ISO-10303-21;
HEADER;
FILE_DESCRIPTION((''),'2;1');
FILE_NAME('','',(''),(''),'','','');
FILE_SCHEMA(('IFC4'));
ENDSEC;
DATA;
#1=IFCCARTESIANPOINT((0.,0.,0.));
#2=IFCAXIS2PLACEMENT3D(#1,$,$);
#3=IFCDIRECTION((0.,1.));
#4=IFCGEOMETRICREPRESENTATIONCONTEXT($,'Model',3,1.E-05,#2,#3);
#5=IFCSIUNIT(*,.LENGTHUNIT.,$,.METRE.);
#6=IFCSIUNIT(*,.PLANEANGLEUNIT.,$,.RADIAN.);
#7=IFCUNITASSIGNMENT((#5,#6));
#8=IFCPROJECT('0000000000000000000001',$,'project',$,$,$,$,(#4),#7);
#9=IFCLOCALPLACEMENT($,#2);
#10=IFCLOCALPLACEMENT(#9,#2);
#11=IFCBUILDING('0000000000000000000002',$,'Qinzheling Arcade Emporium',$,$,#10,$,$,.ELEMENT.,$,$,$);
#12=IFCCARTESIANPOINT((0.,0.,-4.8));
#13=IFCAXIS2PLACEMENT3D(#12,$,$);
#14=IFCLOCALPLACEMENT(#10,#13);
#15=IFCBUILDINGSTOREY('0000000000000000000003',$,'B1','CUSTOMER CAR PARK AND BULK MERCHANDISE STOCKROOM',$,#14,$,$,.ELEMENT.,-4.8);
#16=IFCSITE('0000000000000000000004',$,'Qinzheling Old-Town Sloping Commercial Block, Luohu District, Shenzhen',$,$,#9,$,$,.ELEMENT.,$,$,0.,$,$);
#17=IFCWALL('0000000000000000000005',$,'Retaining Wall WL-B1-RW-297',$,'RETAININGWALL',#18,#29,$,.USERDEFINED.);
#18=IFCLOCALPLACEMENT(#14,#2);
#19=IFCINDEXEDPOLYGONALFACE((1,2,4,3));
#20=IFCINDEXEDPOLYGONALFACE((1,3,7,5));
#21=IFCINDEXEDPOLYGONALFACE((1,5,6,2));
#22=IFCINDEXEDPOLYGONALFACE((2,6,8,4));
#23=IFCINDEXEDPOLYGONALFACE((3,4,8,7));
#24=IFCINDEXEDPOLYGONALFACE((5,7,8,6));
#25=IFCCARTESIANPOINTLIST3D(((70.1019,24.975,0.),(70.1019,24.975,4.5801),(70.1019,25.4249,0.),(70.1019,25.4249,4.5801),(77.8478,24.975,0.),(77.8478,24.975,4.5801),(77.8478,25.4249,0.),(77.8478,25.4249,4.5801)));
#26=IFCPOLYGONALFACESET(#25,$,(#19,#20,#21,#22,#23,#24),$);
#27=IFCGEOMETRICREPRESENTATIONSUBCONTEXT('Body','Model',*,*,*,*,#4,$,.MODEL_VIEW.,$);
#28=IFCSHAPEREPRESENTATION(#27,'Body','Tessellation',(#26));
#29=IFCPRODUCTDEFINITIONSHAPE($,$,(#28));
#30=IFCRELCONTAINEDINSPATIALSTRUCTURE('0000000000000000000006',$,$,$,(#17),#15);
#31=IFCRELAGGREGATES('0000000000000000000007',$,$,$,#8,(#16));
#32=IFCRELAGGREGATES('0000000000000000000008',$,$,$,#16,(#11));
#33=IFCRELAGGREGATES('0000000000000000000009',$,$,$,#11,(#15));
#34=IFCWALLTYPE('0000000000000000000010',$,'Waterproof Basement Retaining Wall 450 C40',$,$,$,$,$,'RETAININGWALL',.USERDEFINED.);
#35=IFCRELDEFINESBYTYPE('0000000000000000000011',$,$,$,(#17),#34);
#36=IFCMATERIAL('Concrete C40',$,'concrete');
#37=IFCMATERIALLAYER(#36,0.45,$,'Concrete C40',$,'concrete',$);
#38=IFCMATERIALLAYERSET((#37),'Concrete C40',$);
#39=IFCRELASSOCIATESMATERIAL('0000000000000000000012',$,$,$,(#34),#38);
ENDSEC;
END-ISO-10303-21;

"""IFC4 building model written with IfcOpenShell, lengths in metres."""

from ifc_helpers import new_model, si_unit, direction, frame, frame_2d, origin, place, context, subcontext, project, spatial, rectangle, extrude, material, layer, layer_set, type_object, element, save


model = new_model("IFC4")

# Units and contexts
model_context = context("Model", 3, precision=1e-05, world=origin(), true_north=direction((0.0, 1.0)))
body_context = subcontext(model_context, "Body", "Model", "MODEL_VIEW")
ifc_project = project(units=[si_unit("LENGTHUNIT", "METRE"), si_unit("PLANEANGLEUNIT", "RADIAN")], contexts=[model_context])

# Site, building, storey
site_placement = place(None, origin())
site = spatial("IfcSite", under=ifc_project, at=site_placement, Name="Qinzheling Old-Town Sloping Commercial Block, Luohu District, Shenzhen", CompositionType="ELEMENT", RefElevation=0.0)
building_placement = place(site_placement, origin())
building = spatial("IfcBuilding", under=site, at=building_placement, Name="Qinzheling Arcade Emporium", CompositionType="ELEMENT")
storey_placement = place(building_placement, frame((0.0, 0.0, -4.8)))
storey = spatial("IfcBuildingStorey", under=building, at=storey_placement, Name="B1", Description="CUSTOMER CAR PARK AND BULK MERCHANDISE STOCKROOM", CompositionType="ELEMENT", Elevation=-4.8)

# Shared definitions
ifc_material_1 = material(Name="Concrete C40", Category="concrete")

# Wall
ifc_layer_1 = layer(ifc_material_1, 0.45, Name="Concrete C40", Category="concrete")
ifc_layer_set_1 = layer_set([ifc_layer_1], Name="Concrete C40")
wall_type_1 = type_object("IfcWallType", Name="Waterproof Basement Retaining Wall 450 C40", ElementType="RETAININGWALL", PredefinedType="USERDEFINED", material=ifc_layer_set_1)
wall_1_placement = place(storey_placement, frame((77.8479, 25.2, 0.0), z_axis=(0.0, 0.0, 1.0), x_axis=(-1.0, 0.0, 0.0)))
element("IfcWall", 1, at=wall_1_placement, inside=storey, type_object=wall_type_1, Name="Retaining Wall WL-B1-RW-297", ObjectType="RETAININGWALL", PredefinedType="USERDEFINED", context=body_context, shape_type="SweptSolid", body=[
    extrude(rectangle(XDim=7.7458, YDim=0.45, at=frame_2d((3.873, 0.0))), origin(), (0.0, 0.0, 1.0), 4.5801),
])

save(model, "model.ifc")
